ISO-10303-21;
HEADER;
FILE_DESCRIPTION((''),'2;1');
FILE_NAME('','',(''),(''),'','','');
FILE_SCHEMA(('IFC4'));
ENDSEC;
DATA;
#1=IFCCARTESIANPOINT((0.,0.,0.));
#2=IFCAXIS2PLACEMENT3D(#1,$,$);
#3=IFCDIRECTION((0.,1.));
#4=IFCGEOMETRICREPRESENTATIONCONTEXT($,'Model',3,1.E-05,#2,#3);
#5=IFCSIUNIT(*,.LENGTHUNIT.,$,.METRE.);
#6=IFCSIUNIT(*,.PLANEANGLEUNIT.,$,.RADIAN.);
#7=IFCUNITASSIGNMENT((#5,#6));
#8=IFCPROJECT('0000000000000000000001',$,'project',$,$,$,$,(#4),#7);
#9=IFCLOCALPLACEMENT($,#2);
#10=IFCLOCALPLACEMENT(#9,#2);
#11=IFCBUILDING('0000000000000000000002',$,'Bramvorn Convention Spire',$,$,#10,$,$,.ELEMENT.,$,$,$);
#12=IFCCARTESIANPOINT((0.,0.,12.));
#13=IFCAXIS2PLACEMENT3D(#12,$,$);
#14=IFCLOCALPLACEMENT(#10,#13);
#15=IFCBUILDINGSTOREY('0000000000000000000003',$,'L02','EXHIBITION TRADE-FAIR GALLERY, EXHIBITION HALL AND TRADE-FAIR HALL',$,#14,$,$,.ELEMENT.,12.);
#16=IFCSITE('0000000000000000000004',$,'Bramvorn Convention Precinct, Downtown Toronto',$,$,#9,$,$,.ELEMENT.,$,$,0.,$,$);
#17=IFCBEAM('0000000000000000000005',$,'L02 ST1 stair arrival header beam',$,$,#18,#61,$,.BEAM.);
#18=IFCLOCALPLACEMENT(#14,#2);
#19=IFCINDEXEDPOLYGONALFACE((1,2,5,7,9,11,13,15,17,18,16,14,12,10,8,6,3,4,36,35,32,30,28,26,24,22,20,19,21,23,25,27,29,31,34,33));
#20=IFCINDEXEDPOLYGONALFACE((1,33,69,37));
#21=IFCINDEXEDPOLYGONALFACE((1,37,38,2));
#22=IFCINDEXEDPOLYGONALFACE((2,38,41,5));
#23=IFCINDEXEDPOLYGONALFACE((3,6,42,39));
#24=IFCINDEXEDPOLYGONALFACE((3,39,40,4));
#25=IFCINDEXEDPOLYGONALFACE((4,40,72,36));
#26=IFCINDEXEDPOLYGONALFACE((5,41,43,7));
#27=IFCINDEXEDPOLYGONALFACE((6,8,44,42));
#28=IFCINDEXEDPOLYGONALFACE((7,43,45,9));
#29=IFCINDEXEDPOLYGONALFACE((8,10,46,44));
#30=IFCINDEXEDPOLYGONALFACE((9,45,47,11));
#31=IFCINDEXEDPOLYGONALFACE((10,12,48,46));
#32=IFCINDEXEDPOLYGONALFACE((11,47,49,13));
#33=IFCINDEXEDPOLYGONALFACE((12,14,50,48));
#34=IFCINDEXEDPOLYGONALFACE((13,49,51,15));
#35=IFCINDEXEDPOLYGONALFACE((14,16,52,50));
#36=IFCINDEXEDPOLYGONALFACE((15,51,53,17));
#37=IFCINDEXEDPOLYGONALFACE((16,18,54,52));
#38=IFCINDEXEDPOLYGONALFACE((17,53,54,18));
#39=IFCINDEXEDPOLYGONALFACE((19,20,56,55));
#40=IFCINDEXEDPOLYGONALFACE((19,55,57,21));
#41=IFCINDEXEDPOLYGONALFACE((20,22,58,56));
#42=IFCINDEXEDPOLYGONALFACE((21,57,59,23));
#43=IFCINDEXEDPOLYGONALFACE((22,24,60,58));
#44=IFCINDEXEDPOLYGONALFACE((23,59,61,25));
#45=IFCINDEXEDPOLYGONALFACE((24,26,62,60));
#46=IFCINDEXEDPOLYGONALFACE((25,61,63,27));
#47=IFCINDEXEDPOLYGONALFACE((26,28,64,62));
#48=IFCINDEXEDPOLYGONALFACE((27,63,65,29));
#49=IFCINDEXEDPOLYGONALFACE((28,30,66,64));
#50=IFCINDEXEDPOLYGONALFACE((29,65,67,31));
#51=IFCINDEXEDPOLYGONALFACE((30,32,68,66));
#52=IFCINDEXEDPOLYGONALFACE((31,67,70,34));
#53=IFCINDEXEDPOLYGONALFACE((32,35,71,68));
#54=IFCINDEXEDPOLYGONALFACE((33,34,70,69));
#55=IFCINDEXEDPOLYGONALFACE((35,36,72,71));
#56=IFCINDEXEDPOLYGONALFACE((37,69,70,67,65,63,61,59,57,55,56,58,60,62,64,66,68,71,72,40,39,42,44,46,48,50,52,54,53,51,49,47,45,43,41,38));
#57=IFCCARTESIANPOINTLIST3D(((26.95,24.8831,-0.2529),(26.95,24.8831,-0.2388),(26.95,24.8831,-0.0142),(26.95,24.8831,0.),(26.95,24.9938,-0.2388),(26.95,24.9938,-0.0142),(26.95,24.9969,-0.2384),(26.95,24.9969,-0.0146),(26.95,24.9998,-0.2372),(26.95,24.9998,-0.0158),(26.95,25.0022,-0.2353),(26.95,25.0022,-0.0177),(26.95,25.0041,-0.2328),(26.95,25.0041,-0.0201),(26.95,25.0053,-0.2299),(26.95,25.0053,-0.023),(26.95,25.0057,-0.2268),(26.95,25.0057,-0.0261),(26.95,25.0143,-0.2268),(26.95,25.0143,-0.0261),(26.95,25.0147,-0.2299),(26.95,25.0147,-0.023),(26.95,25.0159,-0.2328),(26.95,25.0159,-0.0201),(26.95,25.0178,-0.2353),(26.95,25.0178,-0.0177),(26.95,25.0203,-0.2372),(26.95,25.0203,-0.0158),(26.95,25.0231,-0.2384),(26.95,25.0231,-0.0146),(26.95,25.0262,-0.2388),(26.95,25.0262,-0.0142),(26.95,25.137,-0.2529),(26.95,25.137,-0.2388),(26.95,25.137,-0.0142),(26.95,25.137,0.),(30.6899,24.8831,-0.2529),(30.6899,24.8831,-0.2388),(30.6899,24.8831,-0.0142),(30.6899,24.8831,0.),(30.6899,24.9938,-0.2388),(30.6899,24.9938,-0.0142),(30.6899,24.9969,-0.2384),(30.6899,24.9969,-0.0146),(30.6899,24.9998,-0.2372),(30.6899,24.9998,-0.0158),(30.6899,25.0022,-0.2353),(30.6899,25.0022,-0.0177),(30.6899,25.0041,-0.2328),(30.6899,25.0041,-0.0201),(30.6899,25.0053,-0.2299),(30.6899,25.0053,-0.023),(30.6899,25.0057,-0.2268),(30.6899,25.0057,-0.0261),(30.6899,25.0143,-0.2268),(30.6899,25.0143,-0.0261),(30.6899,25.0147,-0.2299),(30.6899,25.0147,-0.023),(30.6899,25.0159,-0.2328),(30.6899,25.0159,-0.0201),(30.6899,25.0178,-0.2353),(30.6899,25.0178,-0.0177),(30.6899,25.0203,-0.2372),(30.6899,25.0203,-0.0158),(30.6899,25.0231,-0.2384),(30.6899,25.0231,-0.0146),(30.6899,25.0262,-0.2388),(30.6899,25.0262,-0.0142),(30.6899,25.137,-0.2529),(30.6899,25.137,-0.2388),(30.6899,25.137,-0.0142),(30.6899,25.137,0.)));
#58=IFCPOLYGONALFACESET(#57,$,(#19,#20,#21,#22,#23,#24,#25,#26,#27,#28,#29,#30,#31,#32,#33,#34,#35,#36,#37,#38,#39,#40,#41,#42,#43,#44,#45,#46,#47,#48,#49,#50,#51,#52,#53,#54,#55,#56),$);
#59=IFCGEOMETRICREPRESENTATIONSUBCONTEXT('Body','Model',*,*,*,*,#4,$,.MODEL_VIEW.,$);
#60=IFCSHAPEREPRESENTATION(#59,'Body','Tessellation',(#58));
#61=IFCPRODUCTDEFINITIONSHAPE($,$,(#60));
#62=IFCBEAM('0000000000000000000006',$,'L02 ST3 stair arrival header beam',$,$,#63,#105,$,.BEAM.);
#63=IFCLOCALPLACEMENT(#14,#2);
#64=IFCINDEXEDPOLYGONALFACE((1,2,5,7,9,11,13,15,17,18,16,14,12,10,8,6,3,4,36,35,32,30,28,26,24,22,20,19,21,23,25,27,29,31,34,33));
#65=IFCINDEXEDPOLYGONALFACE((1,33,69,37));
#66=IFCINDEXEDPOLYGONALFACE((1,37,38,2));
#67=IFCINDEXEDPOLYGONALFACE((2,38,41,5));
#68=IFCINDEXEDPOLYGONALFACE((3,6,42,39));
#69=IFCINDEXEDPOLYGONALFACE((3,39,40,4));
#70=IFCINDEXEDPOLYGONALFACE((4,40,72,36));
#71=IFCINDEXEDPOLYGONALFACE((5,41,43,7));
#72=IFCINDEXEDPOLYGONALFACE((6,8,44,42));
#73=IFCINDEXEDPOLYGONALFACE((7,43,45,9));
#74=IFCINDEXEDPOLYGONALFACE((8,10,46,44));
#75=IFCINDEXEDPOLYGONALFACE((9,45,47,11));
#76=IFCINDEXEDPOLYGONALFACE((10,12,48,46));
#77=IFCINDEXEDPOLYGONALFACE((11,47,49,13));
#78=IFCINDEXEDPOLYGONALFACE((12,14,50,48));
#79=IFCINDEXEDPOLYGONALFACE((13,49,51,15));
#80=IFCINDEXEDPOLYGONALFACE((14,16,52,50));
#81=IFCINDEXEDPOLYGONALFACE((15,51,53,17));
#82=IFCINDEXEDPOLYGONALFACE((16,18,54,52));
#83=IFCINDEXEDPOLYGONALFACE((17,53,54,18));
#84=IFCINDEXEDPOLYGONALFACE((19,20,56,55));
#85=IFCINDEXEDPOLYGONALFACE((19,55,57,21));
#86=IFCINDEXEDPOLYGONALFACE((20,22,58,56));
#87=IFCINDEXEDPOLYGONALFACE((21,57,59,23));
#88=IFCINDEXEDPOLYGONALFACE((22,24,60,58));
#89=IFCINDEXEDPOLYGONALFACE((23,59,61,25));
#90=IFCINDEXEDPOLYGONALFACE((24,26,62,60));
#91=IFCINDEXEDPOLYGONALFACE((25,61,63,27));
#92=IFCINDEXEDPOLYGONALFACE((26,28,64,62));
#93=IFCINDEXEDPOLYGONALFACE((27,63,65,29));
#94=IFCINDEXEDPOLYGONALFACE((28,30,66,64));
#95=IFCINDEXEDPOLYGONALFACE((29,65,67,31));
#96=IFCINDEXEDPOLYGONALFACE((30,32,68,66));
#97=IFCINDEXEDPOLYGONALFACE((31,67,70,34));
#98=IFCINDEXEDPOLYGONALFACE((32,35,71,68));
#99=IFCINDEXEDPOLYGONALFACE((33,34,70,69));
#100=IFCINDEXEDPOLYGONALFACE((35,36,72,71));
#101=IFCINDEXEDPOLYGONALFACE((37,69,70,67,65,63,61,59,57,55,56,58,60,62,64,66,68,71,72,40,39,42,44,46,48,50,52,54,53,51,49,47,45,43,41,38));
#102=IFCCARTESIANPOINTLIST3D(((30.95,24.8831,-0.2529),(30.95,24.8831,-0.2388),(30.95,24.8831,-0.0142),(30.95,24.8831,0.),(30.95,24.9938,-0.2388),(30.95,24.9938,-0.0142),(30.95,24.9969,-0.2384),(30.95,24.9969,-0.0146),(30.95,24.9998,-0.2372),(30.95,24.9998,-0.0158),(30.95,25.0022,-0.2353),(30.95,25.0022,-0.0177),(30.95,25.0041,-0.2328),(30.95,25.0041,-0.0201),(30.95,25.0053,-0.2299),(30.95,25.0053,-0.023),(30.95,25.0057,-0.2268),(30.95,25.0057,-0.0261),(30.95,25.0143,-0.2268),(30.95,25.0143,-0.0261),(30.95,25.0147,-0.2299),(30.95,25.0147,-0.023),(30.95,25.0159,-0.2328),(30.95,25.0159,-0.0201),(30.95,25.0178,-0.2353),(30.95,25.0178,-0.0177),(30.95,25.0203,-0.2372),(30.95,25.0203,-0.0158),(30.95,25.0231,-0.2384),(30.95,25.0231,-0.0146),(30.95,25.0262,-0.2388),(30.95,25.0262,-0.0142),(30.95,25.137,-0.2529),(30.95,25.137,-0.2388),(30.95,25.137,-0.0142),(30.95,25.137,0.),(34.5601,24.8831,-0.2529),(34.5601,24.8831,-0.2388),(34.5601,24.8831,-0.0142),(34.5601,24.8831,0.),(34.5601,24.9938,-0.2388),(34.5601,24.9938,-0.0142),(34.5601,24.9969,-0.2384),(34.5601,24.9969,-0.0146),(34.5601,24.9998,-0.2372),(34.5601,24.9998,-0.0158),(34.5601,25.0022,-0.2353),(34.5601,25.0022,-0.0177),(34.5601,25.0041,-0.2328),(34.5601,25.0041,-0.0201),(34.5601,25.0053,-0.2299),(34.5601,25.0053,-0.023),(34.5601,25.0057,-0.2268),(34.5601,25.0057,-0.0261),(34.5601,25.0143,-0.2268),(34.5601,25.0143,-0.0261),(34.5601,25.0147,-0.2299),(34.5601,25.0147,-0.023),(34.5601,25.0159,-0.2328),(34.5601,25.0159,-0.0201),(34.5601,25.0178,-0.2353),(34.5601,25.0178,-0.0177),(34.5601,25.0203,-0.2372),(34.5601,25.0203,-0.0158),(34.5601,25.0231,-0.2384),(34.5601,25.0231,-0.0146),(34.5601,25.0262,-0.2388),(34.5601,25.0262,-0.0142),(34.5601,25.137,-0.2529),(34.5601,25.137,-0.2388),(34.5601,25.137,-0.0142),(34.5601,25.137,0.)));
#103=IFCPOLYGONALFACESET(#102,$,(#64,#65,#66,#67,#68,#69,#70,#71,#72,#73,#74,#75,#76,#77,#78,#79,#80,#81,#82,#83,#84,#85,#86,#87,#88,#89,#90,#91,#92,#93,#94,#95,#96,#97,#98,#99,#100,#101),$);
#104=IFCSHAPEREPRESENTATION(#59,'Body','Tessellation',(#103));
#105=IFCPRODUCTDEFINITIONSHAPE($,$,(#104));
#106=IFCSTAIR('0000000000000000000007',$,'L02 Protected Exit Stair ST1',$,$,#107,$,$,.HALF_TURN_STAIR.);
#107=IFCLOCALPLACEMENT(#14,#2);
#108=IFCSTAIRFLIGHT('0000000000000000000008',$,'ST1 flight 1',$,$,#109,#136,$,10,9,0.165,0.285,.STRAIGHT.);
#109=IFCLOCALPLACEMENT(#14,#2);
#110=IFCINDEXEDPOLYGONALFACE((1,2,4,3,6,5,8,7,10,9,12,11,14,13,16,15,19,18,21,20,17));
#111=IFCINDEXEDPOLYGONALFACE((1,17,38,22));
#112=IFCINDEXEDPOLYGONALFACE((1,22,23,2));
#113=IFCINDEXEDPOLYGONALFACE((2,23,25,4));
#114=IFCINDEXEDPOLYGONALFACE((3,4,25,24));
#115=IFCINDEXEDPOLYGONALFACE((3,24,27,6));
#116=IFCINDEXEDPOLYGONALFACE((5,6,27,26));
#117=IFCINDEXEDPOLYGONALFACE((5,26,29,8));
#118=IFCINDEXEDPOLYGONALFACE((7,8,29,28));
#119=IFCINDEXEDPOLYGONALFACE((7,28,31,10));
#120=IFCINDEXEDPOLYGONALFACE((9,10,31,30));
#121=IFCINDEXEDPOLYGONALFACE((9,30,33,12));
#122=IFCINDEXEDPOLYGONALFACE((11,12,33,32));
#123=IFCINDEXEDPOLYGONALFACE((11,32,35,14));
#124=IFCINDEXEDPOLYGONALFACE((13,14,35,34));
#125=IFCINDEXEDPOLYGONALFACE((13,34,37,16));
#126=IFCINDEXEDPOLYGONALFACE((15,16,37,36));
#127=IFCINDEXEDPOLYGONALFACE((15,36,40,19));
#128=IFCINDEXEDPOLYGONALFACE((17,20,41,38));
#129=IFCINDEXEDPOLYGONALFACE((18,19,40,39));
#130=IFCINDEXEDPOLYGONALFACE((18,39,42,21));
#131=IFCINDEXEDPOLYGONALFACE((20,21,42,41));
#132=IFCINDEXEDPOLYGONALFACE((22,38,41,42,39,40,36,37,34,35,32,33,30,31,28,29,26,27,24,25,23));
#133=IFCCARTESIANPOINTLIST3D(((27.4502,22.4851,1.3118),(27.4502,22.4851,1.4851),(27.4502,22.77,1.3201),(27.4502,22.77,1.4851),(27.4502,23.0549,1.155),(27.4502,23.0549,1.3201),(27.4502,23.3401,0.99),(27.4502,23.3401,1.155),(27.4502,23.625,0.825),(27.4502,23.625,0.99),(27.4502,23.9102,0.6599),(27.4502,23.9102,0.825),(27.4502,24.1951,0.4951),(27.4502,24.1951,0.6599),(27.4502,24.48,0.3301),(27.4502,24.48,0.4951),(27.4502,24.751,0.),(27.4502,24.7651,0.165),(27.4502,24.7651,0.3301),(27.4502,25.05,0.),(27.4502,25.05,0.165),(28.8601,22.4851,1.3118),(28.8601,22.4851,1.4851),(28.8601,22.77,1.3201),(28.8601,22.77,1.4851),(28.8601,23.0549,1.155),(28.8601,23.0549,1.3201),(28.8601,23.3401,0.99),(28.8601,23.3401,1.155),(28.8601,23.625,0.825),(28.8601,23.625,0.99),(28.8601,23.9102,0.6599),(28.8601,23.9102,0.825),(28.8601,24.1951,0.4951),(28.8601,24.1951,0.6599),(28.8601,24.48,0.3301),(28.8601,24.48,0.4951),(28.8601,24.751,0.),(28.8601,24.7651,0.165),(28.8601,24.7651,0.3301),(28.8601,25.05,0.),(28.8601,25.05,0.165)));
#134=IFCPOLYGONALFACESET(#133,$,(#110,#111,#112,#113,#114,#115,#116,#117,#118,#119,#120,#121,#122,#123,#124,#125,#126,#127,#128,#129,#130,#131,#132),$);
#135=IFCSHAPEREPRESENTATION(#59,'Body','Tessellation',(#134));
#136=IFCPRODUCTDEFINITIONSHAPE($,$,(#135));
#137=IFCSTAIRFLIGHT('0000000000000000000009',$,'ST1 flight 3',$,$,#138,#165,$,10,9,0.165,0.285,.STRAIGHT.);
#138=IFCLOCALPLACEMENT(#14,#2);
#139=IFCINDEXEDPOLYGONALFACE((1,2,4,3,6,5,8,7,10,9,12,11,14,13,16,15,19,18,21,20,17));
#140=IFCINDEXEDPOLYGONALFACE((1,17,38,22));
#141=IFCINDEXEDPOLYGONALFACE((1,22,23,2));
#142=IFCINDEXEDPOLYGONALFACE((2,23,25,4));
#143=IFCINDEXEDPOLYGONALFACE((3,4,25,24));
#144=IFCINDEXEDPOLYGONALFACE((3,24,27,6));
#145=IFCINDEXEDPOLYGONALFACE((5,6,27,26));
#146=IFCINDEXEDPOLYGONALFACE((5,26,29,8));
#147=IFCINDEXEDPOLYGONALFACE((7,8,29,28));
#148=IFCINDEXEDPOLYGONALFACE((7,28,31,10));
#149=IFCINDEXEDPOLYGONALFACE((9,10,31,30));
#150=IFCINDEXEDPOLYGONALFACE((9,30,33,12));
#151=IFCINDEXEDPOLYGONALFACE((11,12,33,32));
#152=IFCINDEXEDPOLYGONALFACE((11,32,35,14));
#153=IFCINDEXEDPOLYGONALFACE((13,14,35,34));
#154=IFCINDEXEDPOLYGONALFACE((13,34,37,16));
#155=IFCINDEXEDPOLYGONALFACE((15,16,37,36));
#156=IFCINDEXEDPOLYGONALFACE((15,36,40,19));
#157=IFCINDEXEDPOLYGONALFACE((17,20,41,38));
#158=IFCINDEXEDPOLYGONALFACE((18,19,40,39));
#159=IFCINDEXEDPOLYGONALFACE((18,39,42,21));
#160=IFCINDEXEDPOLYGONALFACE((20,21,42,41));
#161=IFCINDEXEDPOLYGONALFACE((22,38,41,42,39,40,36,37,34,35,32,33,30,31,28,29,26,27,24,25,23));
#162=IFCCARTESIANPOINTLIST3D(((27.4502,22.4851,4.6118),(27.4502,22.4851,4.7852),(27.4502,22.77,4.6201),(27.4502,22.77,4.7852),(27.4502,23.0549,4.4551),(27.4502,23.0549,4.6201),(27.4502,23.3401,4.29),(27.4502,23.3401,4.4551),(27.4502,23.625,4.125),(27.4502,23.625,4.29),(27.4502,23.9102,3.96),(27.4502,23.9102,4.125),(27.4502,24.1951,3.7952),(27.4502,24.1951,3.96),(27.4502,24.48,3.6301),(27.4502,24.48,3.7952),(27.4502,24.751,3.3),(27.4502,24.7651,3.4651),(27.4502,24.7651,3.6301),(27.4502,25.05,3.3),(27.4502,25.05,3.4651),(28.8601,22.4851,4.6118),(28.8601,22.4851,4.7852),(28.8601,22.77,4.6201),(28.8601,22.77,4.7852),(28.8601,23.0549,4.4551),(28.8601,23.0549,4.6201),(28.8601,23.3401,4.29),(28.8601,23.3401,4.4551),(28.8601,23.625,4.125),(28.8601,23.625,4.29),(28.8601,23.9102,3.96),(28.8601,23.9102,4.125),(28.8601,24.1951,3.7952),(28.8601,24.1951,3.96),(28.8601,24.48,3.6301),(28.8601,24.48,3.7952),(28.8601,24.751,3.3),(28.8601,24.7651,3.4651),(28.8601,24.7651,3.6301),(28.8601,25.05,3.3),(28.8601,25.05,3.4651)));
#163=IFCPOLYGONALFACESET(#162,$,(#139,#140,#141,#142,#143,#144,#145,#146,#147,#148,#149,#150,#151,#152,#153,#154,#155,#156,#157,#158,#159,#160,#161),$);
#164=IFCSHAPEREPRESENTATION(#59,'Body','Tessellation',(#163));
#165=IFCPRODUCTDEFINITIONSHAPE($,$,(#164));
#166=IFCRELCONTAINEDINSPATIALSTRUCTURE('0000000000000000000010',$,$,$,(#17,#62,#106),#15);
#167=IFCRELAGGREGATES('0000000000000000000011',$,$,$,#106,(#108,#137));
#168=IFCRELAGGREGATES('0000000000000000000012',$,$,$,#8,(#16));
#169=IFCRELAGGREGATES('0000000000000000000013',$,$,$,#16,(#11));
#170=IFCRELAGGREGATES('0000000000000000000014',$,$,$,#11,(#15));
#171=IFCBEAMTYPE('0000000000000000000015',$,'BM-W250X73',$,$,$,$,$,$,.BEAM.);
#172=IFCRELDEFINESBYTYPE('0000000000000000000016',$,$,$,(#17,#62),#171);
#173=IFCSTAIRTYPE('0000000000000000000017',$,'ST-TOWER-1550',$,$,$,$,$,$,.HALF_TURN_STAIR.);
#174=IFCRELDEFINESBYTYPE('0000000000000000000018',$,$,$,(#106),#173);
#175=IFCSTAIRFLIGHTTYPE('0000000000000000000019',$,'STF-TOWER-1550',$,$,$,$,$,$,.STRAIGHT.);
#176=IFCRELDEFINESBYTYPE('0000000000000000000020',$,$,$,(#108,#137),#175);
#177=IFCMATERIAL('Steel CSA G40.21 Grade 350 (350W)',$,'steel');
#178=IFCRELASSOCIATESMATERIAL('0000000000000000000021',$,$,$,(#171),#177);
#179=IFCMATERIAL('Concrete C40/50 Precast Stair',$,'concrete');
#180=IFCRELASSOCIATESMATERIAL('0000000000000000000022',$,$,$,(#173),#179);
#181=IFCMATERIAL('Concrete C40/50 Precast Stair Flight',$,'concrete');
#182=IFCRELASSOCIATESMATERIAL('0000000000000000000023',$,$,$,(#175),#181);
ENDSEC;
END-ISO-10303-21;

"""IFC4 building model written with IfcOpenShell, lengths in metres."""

from ifc_helpers import new_model, si_unit, direction, frame, origin, origin_2d, place, context, subcontext, project, spatial, polyline, i_section, outline, extrude, material, material_profile, profile_set, type_object, element, aggregate, save


model = new_model("IFC4")

# Units and contexts
model_context = context("Model", 3, precision=1e-05, world=origin(), true_north=direction((0.0, 1.0)))
body_context = subcontext(model_context, "Body", "Model", "MODEL_VIEW")
ifc_project = project(units=[si_unit("LENGTHUNIT", "METRE"), si_unit("PLANEANGLEUNIT", "RADIAN")], contexts=[model_context])

# Site, building, storey
site_placement = place(None, origin())
site = spatial("IfcSite", under=ifc_project, at=site_placement, Name="Bramvorn Convention Precinct, Downtown Toronto", CompositionType="ELEMENT", RefElevation=0.0)
building_placement = place(site_placement, origin())
building = spatial("IfcBuilding", under=site, at=building_placement, Name="Bramvorn Convention Spire", CompositionType="ELEMENT")
storey_placement = place(building_placement, frame((0.0, 0.0, 12.0)))
storey = spatial("IfcBuildingStorey", under=building, at=storey_placement, Name="L02", Description="EXHIBITION TRADE-FAIR GALLERY, EXHIBITION HALL AND TRADE-FAIR HALL", CompositionType="ELEMENT", Elevation=12.0)

# Beams
ifc_material_1 = material(Name="Steel CSA G40.21 Grade 350 (350W)", Category="steel")
ifc_material_profile = material_profile(ifc_material_1, i_section(OverallWidth=0.2539, OverallDepth=0.2529, WebThickness=0.0085, FlangeThickness=0.0142, FilletRadius=0.012, at=origin_2d()))
ifc_profile_set = profile_set([ifc_material_profile], Name="Steel CSA G40.21 Grade 350 (350W) - W250X73")
beam_type = type_object("IfcBeamType", Name="BM-W250X73", PredefinedType="BEAM", material=ifc_profile_set)
beam_1_placement = place(storey_placement, frame((26.95, 25.01, -0.1265), z_axis=(1.0, 0.0, 0.0), x_axis=(0.0, 1.0, 0.0)))
element("IfcBeam", 1, at=beam_1_placement, inside=storey, type_object=beam_type, Name="L02 ST1 stair arrival header beam", PredefinedType="BEAM", context=body_context, shape_type="SweptSolid", body=[
    extrude(i_section(OverallWidth=0.2539, OverallDepth=0.2529, WebThickness=0.0085, FlangeThickness=0.0142, FilletRadius=0.012, at=origin_2d()), origin(), (0.0, 0.0, 1.0), 3.74),
])
beam_2_placement = place(storey_placement, frame((30.95, 25.01, -0.1265), z_axis=(1.0, 0.0, 0.0), x_axis=(0.0, 1.0, 0.0)))
element("IfcBeam", 2, at=beam_2_placement, inside=storey, type_object=beam_type, Name="L02 ST3 stair arrival header beam", PredefinedType="BEAM", context=body_context, shape_type="SweptSolid", body=[
    extrude(i_section(OverallWidth=0.2539, OverallDepth=0.2529, WebThickness=0.0085, FlangeThickness=0.0142, FilletRadius=0.012, at=origin_2d()), origin(), (0.0, 0.0, 1.0), 3.6101),
])

# Stair, stair flights
ifc_material_2 = material(Name="Concrete C40/50 Precast Stair", Category="concrete")
stair_type = type_object("IfcStairType", Name="ST-TOWER-1550", PredefinedType="HALF_TURN_STAIR", material=ifc_material_2)
stair_1_placement = place(storey_placement, origin())
stair_1 = element("IfcStair", 3, at=stair_1_placement, inside=storey, type_object=stair_type, Name="L02 Protected Exit Stair ST1", PredefinedType="HALF_TURN_STAIR")
ifc_material_3 = material(Name="Concrete C40/50 Precast Stair Flight", Category="concrete")
stair_flight_type = type_object("IfcStairFlightType", Name="STF-TOWER-1550", PredefinedType="STRAIGHT", material=ifc_material_3)
stair_flight_1_placement = place(storey_placement, frame((28.155, 25.05, 0.0), z_axis=(0.0, 0.0, 1.0), x_axis=(0.0, -1.0, 0.0)))
stair_flight_1 = element("IfcStairFlight", 4, at=stair_flight_1_placement, type_object=stair_flight_type, Name="ST1 flight 1", NumberOfRisers=10, NumberOfTreads=9, PredefinedType="STRAIGHT", RiserHeight=0.165, TreadLength=0.285, context=body_context, shape_type="SweptSolid", body=[
    extrude(outline(polyline([(0.0, 0.0), (0.0, 0.165), (0.2849, 0.165), (0.2849, 0.3301), (0.5701, 0.3301), (0.5701, 0.4951), (0.855, 0.4951), (0.855, 0.6599), (1.1399, 0.6599), (1.1399, 0.825), (1.425, 0.825), (1.425, 0.99), (1.71, 0.99), (1.71, 1.155), (1.9951, 1.155), (1.9951, 1.3201), (2.28, 1.3201), (2.28, 1.4851), (2.5649, 1.4851), (2.5649, 1.6499), (2.5649, 1.3118), (0.2991, 0.0), (0.0, 0.0)])), frame((0.0, 0.7051, 0.0), z_axis=(0.0, -1.0, 0.0), x_axis=(1.0, 0.0, 0.0)), (0.0, 0.0, 1.0), 1.4099),
])
stair_flight_2_placement = place(storey_placement, frame((28.155, 25.05, 3.3), z_axis=(0.0, 0.0, 1.0), x_axis=(0.0, -1.0, 0.0)))
stair_flight_2 = element("IfcStairFlight", 5, at=stair_flight_2_placement, type_object=stair_flight_type, Name="ST1 flight 3", NumberOfRisers=10, NumberOfTreads=9, PredefinedType="STRAIGHT", RiserHeight=0.165, TreadLength=0.285, context=body_context, shape_type="SweptSolid", body=[
    extrude(outline(polyline([(0.0, 0.0), (0.0, 0.165), (0.2849, 0.165), (0.2849, 0.3301), (0.5701, 0.3301), (0.5701, 0.4951), (0.855, 0.4951), (0.855, 0.6599), (1.1399, 0.6599), (1.1399, 0.825), (1.425, 0.825), (1.425, 0.99), (1.71, 0.99), (1.71, 1.155), (1.9951, 1.155), (1.9951, 1.3201), (2.28, 1.3201), (2.28, 1.4851), (2.5649, 1.4851), (2.5649, 1.6499), (2.5649, 1.3118), (0.2991, 0.0), (0.0, 0.0)])), frame((0.0, 0.7051, 0.0), z_axis=(0.0, -1.0, 0.0), x_axis=(1.0, 0.0, 0.0)), (0.0, 0.0, 1.0), 1.4099),
])
aggregate(stair_1, [stair_flight_1, stair_flight_2])

save(model, "model.ifc")
